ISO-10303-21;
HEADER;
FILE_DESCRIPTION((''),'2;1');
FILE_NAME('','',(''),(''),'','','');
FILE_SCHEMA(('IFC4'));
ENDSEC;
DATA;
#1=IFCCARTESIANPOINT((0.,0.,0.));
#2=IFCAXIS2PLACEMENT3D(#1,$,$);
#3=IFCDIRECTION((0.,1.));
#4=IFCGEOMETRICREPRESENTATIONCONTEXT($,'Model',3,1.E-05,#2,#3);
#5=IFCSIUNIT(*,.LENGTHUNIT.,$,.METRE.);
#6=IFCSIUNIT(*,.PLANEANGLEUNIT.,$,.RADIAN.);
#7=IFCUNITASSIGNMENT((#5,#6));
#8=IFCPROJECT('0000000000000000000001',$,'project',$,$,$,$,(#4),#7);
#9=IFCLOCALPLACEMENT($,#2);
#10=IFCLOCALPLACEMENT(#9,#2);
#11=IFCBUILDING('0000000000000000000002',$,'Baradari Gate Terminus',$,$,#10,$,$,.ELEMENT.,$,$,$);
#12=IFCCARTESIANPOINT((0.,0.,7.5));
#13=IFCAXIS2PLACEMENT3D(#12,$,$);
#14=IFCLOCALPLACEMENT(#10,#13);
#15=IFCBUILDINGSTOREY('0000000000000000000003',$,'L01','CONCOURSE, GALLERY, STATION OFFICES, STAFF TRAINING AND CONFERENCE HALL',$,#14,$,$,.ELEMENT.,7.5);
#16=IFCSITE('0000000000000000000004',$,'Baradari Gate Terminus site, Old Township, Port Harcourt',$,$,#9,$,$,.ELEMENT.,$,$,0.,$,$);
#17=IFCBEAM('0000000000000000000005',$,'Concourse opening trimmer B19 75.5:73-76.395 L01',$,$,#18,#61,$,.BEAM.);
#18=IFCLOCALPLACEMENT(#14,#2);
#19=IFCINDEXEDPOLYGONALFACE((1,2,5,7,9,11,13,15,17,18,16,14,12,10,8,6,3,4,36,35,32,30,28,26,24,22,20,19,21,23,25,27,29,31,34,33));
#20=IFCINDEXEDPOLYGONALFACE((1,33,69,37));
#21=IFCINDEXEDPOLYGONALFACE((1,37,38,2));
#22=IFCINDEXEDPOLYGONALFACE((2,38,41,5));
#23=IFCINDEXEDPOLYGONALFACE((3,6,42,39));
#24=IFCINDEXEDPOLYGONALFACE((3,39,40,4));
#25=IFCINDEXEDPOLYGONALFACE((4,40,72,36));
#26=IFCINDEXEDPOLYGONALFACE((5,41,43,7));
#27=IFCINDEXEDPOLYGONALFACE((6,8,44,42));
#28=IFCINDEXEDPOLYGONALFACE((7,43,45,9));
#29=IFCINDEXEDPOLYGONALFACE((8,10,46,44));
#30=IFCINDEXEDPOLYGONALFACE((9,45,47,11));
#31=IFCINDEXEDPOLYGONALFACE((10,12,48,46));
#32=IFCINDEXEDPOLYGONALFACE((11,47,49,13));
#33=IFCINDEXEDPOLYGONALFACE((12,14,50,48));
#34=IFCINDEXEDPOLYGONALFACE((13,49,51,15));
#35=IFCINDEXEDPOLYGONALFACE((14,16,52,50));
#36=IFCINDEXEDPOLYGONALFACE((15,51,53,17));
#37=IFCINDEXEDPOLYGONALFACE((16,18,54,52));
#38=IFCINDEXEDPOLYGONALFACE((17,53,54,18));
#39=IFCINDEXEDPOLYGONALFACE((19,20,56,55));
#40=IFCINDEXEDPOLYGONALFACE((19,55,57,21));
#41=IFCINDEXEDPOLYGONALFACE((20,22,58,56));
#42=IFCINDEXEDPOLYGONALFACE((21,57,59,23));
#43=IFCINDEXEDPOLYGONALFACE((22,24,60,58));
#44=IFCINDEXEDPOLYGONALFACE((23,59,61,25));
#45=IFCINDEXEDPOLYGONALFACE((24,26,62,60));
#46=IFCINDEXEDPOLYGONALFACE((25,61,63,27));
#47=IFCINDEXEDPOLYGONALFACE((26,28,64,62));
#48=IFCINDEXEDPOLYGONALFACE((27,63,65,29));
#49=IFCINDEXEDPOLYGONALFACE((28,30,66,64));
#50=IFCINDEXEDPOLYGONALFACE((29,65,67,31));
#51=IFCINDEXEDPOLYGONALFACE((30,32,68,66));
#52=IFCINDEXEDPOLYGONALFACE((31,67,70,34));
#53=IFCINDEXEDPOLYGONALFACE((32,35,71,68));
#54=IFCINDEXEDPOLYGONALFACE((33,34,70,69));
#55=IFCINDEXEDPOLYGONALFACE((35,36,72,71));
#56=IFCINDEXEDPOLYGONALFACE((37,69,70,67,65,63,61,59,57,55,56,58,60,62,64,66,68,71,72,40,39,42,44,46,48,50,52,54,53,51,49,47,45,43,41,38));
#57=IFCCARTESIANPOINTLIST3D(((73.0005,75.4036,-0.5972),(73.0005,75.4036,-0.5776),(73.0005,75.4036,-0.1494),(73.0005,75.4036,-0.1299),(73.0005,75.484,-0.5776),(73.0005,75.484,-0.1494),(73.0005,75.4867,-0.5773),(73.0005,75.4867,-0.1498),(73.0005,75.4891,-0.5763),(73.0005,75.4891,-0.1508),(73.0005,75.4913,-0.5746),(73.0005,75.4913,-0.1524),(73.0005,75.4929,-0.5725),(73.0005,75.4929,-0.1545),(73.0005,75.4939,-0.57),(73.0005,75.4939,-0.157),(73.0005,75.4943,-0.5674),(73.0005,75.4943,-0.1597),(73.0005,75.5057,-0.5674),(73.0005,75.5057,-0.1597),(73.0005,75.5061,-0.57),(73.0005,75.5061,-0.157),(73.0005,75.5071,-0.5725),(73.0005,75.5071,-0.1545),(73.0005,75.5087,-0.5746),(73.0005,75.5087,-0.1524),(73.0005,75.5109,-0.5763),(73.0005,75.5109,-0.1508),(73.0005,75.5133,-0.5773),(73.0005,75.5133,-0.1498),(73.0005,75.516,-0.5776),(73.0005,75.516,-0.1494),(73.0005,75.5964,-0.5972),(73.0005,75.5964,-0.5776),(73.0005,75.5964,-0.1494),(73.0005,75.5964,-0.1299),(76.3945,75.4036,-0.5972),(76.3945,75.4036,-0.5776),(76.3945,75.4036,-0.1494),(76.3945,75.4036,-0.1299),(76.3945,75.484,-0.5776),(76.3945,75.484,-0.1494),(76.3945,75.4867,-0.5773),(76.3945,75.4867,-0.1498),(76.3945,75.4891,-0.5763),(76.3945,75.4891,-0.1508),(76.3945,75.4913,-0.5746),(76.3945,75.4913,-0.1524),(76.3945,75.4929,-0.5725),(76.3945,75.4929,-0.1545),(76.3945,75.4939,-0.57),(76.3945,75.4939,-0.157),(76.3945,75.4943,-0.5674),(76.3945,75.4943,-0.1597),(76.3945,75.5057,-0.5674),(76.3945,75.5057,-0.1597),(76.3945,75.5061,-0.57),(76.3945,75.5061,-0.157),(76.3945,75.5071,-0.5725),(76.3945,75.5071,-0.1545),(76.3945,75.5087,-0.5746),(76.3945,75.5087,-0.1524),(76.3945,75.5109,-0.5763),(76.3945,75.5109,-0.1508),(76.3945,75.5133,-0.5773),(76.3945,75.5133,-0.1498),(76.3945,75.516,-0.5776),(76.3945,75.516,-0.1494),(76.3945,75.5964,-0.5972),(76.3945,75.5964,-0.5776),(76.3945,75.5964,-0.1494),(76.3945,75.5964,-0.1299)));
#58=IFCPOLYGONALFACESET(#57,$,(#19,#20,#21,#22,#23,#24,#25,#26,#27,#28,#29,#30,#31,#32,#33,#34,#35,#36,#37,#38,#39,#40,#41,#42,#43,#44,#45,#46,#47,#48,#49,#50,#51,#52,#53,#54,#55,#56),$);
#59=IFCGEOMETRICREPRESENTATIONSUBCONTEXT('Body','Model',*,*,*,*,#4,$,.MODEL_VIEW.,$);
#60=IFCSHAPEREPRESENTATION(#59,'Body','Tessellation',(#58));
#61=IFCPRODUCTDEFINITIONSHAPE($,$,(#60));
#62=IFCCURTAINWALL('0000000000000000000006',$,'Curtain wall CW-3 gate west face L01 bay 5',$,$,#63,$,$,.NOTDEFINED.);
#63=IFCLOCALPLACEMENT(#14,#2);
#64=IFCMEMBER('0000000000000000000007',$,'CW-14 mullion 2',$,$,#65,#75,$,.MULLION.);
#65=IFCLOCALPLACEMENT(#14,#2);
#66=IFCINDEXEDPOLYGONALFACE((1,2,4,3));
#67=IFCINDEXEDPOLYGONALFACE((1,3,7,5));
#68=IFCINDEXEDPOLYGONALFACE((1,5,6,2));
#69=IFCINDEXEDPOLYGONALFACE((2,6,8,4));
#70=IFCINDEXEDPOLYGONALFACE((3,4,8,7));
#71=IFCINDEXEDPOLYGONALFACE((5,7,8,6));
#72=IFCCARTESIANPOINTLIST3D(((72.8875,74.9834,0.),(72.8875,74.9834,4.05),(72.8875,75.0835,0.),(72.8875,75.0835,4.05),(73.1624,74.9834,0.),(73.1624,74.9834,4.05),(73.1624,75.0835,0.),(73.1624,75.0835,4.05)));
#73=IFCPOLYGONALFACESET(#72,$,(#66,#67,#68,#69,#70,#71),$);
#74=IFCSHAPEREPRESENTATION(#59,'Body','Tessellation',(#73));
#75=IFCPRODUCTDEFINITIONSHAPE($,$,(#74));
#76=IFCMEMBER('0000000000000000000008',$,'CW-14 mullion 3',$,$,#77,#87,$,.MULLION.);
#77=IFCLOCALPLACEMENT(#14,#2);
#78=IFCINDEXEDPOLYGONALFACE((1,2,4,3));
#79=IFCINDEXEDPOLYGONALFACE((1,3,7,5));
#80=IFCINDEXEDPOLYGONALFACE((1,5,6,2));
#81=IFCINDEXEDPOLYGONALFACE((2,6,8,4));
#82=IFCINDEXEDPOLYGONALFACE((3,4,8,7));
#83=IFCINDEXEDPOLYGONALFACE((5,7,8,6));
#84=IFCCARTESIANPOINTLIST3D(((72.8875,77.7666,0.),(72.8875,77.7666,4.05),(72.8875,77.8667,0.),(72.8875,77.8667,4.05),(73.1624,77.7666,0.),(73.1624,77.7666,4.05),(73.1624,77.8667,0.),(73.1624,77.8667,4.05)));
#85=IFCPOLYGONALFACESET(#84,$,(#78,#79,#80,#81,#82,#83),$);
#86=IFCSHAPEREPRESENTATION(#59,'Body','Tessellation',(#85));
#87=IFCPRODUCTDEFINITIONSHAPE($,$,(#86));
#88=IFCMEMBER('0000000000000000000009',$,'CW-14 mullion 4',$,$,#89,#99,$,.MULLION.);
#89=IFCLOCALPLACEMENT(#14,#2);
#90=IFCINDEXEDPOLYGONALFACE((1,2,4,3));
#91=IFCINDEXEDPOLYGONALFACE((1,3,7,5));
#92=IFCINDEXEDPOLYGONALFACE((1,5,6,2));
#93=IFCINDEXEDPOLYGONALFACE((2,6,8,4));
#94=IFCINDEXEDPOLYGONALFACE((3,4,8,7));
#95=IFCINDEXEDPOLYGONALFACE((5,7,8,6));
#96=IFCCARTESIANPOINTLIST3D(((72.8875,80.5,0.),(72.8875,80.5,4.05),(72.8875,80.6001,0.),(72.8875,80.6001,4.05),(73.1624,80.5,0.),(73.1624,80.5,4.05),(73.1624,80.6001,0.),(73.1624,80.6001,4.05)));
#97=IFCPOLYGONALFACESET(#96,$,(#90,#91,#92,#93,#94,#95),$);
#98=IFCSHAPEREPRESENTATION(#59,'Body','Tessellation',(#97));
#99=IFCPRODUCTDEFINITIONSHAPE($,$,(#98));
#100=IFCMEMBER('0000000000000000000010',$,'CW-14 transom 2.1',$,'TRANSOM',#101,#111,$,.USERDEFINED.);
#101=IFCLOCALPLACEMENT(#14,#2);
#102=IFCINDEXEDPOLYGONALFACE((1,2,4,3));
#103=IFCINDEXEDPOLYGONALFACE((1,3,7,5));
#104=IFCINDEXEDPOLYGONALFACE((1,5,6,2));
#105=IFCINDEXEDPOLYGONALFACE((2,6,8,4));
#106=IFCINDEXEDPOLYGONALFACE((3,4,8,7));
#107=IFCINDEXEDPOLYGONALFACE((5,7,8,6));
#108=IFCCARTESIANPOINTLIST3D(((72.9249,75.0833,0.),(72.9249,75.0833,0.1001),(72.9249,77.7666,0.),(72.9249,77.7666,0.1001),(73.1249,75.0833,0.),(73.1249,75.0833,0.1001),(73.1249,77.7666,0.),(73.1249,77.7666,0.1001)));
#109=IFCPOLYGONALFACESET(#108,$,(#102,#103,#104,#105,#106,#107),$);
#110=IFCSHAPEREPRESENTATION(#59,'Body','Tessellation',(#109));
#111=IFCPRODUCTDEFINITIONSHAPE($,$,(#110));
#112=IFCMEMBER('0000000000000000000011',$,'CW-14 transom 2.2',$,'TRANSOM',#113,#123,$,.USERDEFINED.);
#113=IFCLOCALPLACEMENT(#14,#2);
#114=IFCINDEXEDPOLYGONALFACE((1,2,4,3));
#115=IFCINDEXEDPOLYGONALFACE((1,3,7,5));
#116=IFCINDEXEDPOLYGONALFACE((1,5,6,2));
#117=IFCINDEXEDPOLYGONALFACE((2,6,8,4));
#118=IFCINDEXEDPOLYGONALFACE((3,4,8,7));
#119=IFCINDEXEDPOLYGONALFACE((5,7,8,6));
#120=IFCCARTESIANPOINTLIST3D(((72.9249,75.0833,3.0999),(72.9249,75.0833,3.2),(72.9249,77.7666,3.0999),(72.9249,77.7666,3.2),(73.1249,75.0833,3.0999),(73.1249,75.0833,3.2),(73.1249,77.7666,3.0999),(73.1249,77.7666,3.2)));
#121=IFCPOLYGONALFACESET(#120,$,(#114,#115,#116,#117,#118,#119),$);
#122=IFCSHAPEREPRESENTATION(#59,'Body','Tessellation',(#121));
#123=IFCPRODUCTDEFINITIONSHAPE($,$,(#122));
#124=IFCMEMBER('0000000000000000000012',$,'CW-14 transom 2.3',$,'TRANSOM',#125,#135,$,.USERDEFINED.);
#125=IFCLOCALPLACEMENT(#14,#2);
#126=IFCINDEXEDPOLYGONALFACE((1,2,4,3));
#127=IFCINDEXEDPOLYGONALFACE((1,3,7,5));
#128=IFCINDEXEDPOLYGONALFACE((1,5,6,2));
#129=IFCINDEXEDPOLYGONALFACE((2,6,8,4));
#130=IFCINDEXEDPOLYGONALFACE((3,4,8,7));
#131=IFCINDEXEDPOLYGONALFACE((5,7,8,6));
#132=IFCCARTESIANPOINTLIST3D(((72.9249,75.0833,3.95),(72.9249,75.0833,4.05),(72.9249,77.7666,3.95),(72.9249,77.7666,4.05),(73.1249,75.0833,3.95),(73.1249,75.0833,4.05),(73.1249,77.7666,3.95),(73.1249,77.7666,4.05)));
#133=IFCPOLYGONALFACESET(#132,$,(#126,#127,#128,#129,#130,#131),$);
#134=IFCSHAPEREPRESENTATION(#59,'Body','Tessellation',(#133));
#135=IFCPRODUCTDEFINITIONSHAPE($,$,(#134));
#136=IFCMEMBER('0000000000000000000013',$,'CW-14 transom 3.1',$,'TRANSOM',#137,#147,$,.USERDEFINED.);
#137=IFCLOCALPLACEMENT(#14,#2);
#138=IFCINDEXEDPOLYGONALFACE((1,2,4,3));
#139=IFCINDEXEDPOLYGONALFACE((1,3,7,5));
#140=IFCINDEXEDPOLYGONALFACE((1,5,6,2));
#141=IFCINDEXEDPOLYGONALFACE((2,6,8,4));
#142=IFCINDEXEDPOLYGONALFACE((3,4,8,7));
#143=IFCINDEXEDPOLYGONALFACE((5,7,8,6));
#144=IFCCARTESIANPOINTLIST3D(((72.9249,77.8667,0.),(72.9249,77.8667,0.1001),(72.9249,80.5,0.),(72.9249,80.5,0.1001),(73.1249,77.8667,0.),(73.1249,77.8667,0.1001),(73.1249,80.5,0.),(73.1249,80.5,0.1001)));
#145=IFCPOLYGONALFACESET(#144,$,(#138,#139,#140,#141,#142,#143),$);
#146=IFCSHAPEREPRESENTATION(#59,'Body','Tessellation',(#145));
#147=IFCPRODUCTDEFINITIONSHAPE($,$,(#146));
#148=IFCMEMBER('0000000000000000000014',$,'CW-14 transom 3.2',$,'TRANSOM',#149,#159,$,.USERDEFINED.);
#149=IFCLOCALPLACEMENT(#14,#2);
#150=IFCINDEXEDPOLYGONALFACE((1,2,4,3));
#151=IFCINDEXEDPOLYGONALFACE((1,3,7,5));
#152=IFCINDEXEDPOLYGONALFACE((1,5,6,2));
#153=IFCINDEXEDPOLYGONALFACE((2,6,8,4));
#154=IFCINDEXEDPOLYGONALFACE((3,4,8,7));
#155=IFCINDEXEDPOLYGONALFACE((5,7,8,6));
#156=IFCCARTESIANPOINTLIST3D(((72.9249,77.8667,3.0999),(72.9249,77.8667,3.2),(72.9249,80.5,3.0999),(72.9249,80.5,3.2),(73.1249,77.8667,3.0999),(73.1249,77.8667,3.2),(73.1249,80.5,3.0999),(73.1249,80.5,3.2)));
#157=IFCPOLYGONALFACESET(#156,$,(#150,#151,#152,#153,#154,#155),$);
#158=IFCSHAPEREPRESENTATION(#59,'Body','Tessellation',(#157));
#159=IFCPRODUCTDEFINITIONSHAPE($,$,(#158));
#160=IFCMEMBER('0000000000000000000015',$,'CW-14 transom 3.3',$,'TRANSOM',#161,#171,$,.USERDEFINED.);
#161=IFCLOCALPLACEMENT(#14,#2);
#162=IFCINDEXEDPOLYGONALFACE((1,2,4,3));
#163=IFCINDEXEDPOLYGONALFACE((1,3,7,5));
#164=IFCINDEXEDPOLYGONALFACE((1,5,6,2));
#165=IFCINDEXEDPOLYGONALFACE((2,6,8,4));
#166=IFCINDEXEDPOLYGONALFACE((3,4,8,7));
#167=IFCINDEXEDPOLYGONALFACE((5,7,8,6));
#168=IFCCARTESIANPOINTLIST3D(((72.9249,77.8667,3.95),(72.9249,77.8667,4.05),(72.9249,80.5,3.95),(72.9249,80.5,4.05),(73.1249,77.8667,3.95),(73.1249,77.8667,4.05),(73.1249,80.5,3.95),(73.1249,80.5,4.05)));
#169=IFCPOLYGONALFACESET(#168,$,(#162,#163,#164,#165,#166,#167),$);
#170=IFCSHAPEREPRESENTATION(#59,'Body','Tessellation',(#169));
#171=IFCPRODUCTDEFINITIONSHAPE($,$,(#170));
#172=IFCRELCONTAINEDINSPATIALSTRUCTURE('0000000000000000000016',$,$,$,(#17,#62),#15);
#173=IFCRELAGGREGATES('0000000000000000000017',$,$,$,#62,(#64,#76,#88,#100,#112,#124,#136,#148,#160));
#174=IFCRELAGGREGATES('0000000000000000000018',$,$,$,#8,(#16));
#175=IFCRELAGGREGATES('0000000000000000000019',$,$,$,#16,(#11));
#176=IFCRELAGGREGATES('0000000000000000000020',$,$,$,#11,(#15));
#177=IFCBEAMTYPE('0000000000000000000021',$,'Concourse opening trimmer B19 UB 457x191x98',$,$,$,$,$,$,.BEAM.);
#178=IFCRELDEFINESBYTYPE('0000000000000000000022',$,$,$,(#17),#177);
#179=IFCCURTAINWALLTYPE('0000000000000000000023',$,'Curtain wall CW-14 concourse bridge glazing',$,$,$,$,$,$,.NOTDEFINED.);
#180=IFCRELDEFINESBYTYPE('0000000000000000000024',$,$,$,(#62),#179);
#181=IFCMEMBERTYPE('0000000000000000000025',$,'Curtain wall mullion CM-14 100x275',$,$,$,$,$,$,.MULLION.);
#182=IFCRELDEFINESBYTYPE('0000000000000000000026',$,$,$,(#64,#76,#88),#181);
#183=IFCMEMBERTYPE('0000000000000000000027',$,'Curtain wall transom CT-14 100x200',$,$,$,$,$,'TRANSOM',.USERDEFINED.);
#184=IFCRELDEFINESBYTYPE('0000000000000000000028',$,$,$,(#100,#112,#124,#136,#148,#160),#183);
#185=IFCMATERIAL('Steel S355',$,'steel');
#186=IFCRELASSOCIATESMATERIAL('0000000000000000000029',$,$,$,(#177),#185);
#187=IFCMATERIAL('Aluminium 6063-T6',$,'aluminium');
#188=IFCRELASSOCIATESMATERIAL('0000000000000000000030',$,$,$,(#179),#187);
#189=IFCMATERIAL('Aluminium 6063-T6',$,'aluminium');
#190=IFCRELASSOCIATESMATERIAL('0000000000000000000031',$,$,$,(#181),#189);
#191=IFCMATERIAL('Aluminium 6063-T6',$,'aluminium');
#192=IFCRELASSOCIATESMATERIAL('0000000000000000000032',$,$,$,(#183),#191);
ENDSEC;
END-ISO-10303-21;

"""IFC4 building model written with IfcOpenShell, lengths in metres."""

from ifc_helpers import new_model, si_unit, direction, frame, origin, origin_2d, place, context, subcontext, project, spatial, rectangle, i_section, extrude, material, material_profile, profile_set, type_object, element, aggregate, save


model = new_model("IFC4")

# Units and contexts
model_context = context("Model", 3, precision=1e-05, world=origin(), true_north=direction((0.0, 1.0)))
body_context = subcontext(model_context, "Body", "Model", "MODEL_VIEW")
ifc_project = project(units=[si_unit("LENGTHUNIT", "METRE"), si_unit("PLANEANGLEUNIT", "RADIAN")], contexts=[model_context])

# Site, building, storey
site_placement = place(None, origin())
site = spatial("IfcSite", under=ifc_project, at=site_placement, Name="Baradari Gate Terminus site, Old Township, Port Harcourt", CompositionType="ELEMENT", RefElevation=0.0)
building_placement = place(site_placement, origin())
building = spatial("IfcBuilding", under=site, at=building_placement, Name="Baradari Gate Terminus", CompositionType="ELEMENT")
storey_placement = place(building_placement, frame((0.0, 0.0, 7.5)))
storey = spatial("IfcBuildingStorey", under=building, at=storey_placement, Name="L01", Description="CONCOURSE, GALLERY, STATION OFFICES, STAFF TRAINING AND CONFERENCE HALL", CompositionType="ELEMENT", Elevation=7.5)

# Beam
ifc_material_1 = material(Name="Steel S355", Category="steel")
ifc_material_profile_1 = material_profile(ifc_material_1, i_section(OverallWidth=0.1929, OverallDepth=0.4673, WebThickness=0.0115, FlangeThickness=0.0195, FilletRadius=0.0103, at=origin_2d()), Name="UB 457x191x98")
ifc_profile_set_1 = profile_set([ifc_material_profile_1], Name="Steel S355")
beam_type_1 = type_object("IfcBeamType", Name="Concourse opening trimmer B19 UB 457x191x98", PredefinedType="BEAM", material=ifc_profile_set_1)
beam_1_placement = place(storey_placement, frame((73.0005, 75.5, -0.3635), z_axis=(1.0, 0.0, 0.0), x_axis=(0.0, 1.0, 0.0)))
element("IfcBeam", 1, at=beam_1_placement, inside=storey, type_object=beam_type_1, Name="Concourse opening trimmer B19 75.5:73-76.395 L01", PredefinedType="BEAM", context=body_context, shape_type="SweptSolid", body=[
    extrude(i_section(OverallWidth=0.1929, OverallDepth=0.4673, WebThickness=0.0115, FlangeThickness=0.0195, FilletRadius=0.0103, at=origin_2d()), origin(), (0.0, 0.0, 1.0), 3.394),
])

# Curtain wall, members
ifc_material_2 = material(Name="Aluminium 6063-T6", Category="aluminium")
curtain_wall_type = type_object("IfcCurtainWallType", Name="Curtain wall CW-14 concourse bridge glazing", PredefinedType="NOTDEFINED", material=ifc_material_2)
curtain_wall_placement = place(storey_placement, origin())
curtain_wall = element("IfcCurtainWall", 2, at=curtain_wall_placement, inside=storey, type_object=curtain_wall_type, Name="Curtain wall CW-3 gate west face L01 bay 5", PredefinedType="NOTDEFINED")
ifc_material_3 = material(Name="Aluminium 6063-T6", Category="aluminium")
ifc_material_profile_2 = material_profile(ifc_material_3, rectangle(XDim=0.2749, YDim=0.1001, at=origin_2d()), Name="CM-14 100X275")
ifc_profile_set_2 = profile_set([ifc_material_profile_2], Name="Aluminium 6063-T6")
member_type_1 = type_object("IfcMemberType", Name="Curtain wall mullion CM-14 100x275", PredefinedType="MULLION", material=ifc_profile_set_2)
member_1_placement = place(storey_placement, frame((73.0249, 75.0334, 0.0), z_axis=(0.0, 0.0, 1.0), x_axis=(-1.0, 0.0, 0.0)))
member_1 = element("IfcMember", 3, at=member_1_placement, type_object=member_type_1, Name="CW-14 mullion 2", PredefinedType="MULLION", context=body_context, shape_type="SweptSolid", body=[
    extrude(rectangle(XDim=0.2749, YDim=0.1001, at=origin_2d()), origin(), (0.0, 0.0, 1.0), 4.05),
])
member_2_placement = place(storey_placement, frame((73.0249, 77.8167, 0.0), z_axis=(0.0, 0.0, 1.0), x_axis=(-1.0, 0.0, 0.0)))
member_2 = element("IfcMember", 4, at=member_2_placement, type_object=member_type_1, Name="CW-14 mullion 3", PredefinedType="MULLION", context=body_context, shape_type="SweptSolid", body=[
    extrude(rectangle(XDim=0.2749, YDim=0.1001, at=origin_2d()), origin(), (0.0, 0.0, 1.0), 4.05),
])
member_3_placement = place(storey_placement, frame((73.0249, 80.55, 0.0), z_axis=(0.0, 0.0, 1.0), x_axis=(-1.0, 0.0, 0.0)))
member_3 = element("IfcMember", 5, at=member_3_placement, type_object=member_type_1, Name="CW-14 mullion 4", PredefinedType="MULLION", context=body_context, shape_type="SweptSolid", body=[
    extrude(rectangle(XDim=0.2749, YDim=0.1001, at=origin_2d()), origin(), (0.0, 0.0, 1.0), 4.05),
])
ifc_material_4 = material(Name="Aluminium 6063-T6", Category="aluminium")
ifc_material_profile_3 = material_profile(ifc_material_4, rectangle(XDim=0.2, YDim=0.1001, at=origin_2d()), Name="CT-14 100X200")
ifc_profile_set_3 = profile_set([ifc_material_profile_3], Name="Aluminium 6063-T6")
member_type_2 = type_object("IfcMemberType", Name="Curtain wall transom CT-14 100x200", ElementType="TRANSOM", PredefinedType="USERDEFINED", material=ifc_profile_set_3)
member_4_placement = place(storey_placement, frame((73.0249, 75.0833, 0.05), z_axis=(0.0, 1.0, 0.0), x_axis=(-1.0, 0.0, 0.0)))
member_4 = element("IfcMember", 6, at=member_4_placement, type_object=member_type_2, Name="CW-14 transom 2.1", ObjectType="TRANSOM", PredefinedType="USERDEFINED", context=body_context, shape_type="SweptSolid", body=[
    extrude(rectangle(XDim=0.2, YDim=0.1001, at=origin_2d()), origin(), (0.0, 0.0, 1.0), 2.6833),
])
member_5_placement = place(storey_placement, frame((73.0249, 75.0833, 3.1499), z_axis=(0.0, 1.0, 0.0), x_axis=(-1.0, 0.0, 0.0)))
member_5 = element("IfcMember", 7, at=member_5_placement, type_object=member_type_2, Name="CW-14 transom 2.2", ObjectType="TRANSOM", PredefinedType="USERDEFINED", context=body_context, shape_type="SweptSolid", body=[
    extrude(rectangle(XDim=0.2, YDim=0.1001, at=origin_2d()), origin(), (0.0, 0.0, 1.0), 2.6833),
])
member_6_placement = place(storey_placement, frame((73.0249, 75.0833, 4.0), z_axis=(0.0, 1.0, 0.0), x_axis=(-1.0, 0.0, 0.0)))
member_6 = element("IfcMember", 8, at=member_6_placement, type_object=member_type_2, Name="CW-14 transom 2.3", ObjectType="TRANSOM", PredefinedType="USERDEFINED", context=body_context, shape_type="SweptSolid", body=[
    extrude(rectangle(XDim=0.2, YDim=0.1001, at=origin_2d()), origin(), (0.0, 0.0, 1.0), 2.6833),
])
member_7_placement = place(storey_placement, frame((73.0249, 77.8667, 0.05), z_axis=(0.0, 1.0, 0.0), x_axis=(-1.0, 0.0, 0.0)))
member_7 = element("IfcMember", 9, at=member_7_placement, type_object=member_type_2, Name="CW-14 transom 3.1", ObjectType="TRANSOM", PredefinedType="USERDEFINED", context=body_context, shape_type="SweptSolid", body=[
    extrude(rectangle(XDim=0.2, YDim=0.1001, at=origin_2d()), origin(), (0.0, 0.0, 1.0), 2.6333),
])
member_8_placement = place(storey_placement, frame((73.0249, 77.8667, 3.1499), z_axis=(0.0, 1.0, 0.0), x_axis=(-1.0, 0.0, 0.0)))
member_8 = element("IfcMember", 10, at=member_8_placement, type_object=member_type_2, Name="CW-14 transom 3.2", ObjectType="TRANSOM", PredefinedType="USERDEFINED", context=body_context, shape_type="SweptSolid", body=[
    extrude(rectangle(XDim=0.2, YDim=0.1001, at=origin_2d()), origin(), (0.0, 0.0, 1.0), 2.6333),
])
member_9_placement = place(storey_placement, frame((73.0249, 77.8667, 4.0), z_axis=(0.0, 1.0, 0.0), x_axis=(-1.0, 0.0, 0.0)))
member_9 = element("IfcMember", 11, at=member_9_placement, type_object=member_type_2, Name="CW-14 transom 3.3", ObjectType="TRANSOM", PredefinedType="USERDEFINED", context=body_context, shape_type="SweptSolid", body=[
    extrude(rectangle(XDim=0.2, YDim=0.1001, at=origin_2d()), origin(), (0.0, 0.0, 1.0), 2.6333),
])

aggregate(curtain_wall, [member_1, member_2, member_3, member_4, member_5, member_6, member_7, member_8, member_9])

save(model, "model.ifc")
